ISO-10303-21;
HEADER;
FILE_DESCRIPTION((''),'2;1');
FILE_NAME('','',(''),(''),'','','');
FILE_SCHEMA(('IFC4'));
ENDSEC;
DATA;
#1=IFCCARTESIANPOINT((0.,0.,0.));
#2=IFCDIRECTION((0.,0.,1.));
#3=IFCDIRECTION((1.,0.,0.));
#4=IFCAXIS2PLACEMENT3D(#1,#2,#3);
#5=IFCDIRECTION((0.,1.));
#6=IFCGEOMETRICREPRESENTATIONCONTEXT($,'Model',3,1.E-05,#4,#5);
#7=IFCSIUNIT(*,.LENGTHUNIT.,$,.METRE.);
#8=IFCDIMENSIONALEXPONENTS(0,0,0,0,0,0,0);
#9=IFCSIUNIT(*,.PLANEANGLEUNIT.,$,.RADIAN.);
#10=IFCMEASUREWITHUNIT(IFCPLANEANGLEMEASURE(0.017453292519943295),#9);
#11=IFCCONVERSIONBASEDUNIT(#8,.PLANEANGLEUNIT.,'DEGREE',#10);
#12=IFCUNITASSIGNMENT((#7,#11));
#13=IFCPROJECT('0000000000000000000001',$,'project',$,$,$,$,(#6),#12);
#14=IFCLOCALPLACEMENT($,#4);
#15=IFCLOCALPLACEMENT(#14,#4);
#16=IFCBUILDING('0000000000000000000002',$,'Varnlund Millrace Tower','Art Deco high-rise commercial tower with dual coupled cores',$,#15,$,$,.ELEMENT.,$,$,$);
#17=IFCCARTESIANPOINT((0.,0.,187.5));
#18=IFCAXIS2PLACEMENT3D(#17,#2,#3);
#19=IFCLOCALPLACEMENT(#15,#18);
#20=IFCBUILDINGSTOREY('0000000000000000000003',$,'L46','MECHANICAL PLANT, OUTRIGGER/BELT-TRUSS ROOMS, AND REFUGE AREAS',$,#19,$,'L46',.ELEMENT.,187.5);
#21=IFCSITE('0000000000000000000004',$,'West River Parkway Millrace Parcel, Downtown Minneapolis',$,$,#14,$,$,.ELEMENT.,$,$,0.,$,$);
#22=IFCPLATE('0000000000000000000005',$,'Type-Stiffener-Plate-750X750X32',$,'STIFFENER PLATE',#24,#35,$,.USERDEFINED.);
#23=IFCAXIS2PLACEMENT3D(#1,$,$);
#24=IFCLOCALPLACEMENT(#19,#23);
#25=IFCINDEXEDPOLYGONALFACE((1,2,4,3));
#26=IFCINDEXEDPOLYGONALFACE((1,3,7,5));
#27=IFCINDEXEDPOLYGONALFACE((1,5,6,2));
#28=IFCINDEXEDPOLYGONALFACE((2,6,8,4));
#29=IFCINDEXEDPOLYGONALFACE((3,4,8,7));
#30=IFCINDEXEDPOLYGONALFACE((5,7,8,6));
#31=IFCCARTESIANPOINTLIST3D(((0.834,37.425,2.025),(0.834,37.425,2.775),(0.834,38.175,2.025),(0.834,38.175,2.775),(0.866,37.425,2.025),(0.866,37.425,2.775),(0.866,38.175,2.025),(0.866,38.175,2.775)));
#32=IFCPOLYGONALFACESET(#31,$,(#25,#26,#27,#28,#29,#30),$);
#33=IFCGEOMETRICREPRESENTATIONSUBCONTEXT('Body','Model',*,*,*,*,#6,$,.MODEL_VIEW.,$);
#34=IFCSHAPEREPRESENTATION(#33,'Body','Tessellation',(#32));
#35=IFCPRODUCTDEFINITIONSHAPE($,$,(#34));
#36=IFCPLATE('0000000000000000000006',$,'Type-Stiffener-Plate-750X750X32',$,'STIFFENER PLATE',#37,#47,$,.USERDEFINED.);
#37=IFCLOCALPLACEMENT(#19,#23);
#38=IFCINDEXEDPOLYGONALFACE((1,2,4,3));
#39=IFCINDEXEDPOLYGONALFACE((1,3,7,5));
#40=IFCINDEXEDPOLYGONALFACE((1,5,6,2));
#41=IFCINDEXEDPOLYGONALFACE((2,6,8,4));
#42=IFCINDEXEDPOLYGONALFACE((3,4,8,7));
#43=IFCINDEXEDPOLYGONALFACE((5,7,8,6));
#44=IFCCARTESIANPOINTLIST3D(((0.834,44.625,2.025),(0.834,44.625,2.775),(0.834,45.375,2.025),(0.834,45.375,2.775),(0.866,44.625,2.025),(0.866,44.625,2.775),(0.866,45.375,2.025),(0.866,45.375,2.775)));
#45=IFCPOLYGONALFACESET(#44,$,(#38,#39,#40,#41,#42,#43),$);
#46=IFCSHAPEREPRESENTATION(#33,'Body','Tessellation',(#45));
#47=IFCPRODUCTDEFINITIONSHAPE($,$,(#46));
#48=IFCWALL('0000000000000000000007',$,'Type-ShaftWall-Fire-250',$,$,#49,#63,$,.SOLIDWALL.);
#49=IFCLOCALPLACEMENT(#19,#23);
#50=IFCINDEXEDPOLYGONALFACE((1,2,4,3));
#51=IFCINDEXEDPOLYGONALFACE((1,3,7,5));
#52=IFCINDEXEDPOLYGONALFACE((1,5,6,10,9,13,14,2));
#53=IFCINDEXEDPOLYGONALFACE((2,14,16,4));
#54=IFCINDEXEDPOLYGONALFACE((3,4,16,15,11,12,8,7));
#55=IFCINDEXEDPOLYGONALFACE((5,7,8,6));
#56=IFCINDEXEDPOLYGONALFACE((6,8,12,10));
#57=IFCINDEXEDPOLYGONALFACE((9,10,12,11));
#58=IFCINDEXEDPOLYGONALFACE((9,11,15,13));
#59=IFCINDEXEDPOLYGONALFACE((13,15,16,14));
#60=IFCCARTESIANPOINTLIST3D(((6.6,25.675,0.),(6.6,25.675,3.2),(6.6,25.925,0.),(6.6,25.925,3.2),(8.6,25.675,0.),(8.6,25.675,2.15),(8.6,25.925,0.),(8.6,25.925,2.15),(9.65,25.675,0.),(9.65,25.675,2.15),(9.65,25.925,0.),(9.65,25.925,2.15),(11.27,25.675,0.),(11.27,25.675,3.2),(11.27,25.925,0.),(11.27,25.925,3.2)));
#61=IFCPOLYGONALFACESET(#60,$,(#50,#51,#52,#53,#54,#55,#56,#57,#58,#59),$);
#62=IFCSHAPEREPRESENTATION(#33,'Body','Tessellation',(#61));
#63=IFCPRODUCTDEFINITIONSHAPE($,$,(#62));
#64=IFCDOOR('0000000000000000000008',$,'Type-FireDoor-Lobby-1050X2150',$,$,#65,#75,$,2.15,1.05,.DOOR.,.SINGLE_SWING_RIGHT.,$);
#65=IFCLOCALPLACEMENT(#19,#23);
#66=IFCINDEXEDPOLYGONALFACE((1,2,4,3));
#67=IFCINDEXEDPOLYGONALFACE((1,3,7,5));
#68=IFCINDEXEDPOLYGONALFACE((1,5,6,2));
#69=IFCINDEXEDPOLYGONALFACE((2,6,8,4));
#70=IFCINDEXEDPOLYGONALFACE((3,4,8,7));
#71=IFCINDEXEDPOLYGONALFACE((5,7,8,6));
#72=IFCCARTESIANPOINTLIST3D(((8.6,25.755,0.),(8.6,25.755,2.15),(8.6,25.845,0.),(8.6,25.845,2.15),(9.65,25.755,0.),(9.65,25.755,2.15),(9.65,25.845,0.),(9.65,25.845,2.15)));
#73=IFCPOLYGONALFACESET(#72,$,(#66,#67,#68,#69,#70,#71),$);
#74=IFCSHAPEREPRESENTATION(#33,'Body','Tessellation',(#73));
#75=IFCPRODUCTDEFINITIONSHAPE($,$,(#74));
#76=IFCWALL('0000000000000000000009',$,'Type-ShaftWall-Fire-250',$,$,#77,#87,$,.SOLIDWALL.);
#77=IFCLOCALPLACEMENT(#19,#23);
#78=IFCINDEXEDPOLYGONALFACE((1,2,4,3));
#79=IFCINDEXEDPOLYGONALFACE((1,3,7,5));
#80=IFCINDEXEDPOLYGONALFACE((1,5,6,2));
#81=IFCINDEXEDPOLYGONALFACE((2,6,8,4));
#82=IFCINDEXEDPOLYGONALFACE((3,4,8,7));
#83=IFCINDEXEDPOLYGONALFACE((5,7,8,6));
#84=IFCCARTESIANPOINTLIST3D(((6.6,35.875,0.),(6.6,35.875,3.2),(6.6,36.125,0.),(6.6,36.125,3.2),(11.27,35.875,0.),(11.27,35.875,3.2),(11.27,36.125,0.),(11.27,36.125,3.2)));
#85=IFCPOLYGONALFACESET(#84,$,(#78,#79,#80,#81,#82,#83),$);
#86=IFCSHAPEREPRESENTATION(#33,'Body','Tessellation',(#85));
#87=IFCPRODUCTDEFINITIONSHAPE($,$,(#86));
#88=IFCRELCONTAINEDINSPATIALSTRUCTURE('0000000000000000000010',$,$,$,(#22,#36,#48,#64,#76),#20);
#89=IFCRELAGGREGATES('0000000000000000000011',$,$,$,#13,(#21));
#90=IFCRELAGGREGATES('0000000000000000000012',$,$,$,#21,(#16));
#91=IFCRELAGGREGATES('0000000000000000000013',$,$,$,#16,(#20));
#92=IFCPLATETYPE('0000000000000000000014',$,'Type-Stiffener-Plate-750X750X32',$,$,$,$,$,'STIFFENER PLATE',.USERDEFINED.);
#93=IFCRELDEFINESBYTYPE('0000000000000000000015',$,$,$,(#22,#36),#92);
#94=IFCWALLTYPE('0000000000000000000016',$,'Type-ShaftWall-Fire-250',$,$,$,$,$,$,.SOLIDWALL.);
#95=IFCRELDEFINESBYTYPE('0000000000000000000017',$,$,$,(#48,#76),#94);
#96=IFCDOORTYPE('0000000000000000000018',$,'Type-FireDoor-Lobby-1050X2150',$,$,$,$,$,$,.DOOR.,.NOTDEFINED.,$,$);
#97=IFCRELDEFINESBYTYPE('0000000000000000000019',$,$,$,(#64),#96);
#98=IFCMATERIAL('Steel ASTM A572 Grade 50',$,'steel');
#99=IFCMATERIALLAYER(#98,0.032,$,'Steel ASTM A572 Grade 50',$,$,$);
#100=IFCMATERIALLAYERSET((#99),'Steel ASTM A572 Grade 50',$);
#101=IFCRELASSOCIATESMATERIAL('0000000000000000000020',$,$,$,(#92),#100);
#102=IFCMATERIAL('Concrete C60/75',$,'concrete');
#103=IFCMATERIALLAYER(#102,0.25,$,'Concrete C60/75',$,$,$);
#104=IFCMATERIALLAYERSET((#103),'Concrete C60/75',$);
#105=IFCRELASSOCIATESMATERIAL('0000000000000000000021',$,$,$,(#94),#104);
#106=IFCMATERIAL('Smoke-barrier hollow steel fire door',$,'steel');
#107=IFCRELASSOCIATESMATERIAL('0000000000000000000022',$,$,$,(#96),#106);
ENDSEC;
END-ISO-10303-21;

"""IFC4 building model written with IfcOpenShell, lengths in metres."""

from ifc_helpers import new_model, entity, si_unit, converted_unit, direction, frame, origin_with_axes, origin_2d_with_axis, place, context, subcontext, project, spatial, polyline, rectangle, outline, extrude, material, layer, layer_set, type_object, element, fill, save


model = new_model("IFC4")

# Units and contexts
model_context = context("Model", 3, precision=1e-05, world=origin_with_axes(), true_north=direction((0.0, 1.0)))
body_context = subcontext(model_context, "Body", "Model", "MODEL_VIEW")
ifc_project = project(units=[si_unit("LENGTHUNIT", "METRE"), converted_unit("PLANEANGLEUNIT", "DEGREE", entity("IfcPlaneAngleMeasure", 0.017453292519943295), si_unit("PLANEANGLEUNIT", "RADIAN"), dimensions=[0, 0, 0, 0, 0, 0, 0])], contexts=[model_context])

# Site, building, storey
site_placement = place(None, origin_with_axes())
site = spatial("IfcSite", under=ifc_project, at=site_placement, Name="West River Parkway Millrace Parcel, Downtown Minneapolis", CompositionType="ELEMENT", RefElevation=0.0)
building_placement = place(site_placement, origin_with_axes())
building = spatial("IfcBuilding", under=site, at=building_placement, Name="Varnlund Millrace Tower", Description="Art Deco high-rise commercial tower with dual coupled cores", CompositionType="ELEMENT")
storey_placement = place(building_placement, frame((0.0, 0.0, 187.5), z_axis=(0.0, 0.0, 1.0), x_axis=(1.0, 0.0, 0.0)))
storey = spatial("IfcBuildingStorey", under=building, at=storey_placement, Name="L46", Description="MECHANICAL PLANT, OUTRIGGER/BELT-TRUSS ROOMS, AND REFUGE AREAS", LongName="L46", CompositionType="ELEMENT", Elevation=187.5)

# Plates
ifc_material_1 = material(Name="Steel ASTM A572 Grade 50", Category="steel")
ifc_layer_1 = layer(ifc_material_1, 0.032, Name="Steel ASTM A572 Grade 50")
ifc_layer_set_1 = layer_set([ifc_layer_1], Name="Steel ASTM A572 Grade 50")
plate_type_1 = type_object("IfcPlateType", Name="Type-Stiffener-Plate-750X750X32", ElementType="STIFFENER PLATE", PredefinedType="USERDEFINED", material=ifc_layer_set_1)
for number, where, z_axis, x_axis, name in (
    (1, (0.85, 37.8, 2.025), (0.0, 0.0, 1.0), (0.0, 1.0, 0.0), "Type-Stiffener-Plate-750X750X32"),
    (2, (0.85, 45.0, 2.025), (0.0, 0.0, 1.0), (0.0, 1.0, 0.0), "Type-Stiffener-Plate-750X750X32"),
):
    element("IfcPlate", number, at=place(storey_placement, frame(where, z_axis=z_axis, x_axis=x_axis)), inside=storey, type_object=plate_type_1, Name=name, ObjectType="STIFFENER PLATE", PredefinedType="USERDEFINED", context=body_context, shape_type="SweptSolid", body=[
        extrude(rectangle(XDim=0.75, YDim=0.032, at=origin_2d_with_axis()), origin_with_axes(), (0.0, 0.0, 1.0), 0.75),
    ])

# Wall, opening, door
ifc_material_2 = material(Name="Concrete C60/75", Category="concrete")
ifc_layer_2 = layer(ifc_material_2, 0.25, Name="Concrete C60/75")
ifc_layer_set_2 = layer_set([ifc_layer_2], Name="Concrete C60/75")
wall_type = type_object("IfcWallType", Name="Type-ShaftWall-Fire-250", PredefinedType="SOLIDWALL", material=ifc_layer_set_2)
wall_1_placement = place(storey_placement, frame((6.6, 25.8, 0.0), z_axis=(0.0, 0.0, 1.0), x_axis=(1.0, 0.0, 0.0)))
wall_1 = element("IfcWall", 3, at=wall_1_placement, inside=storey, type_object=wall_type, Name="Type-ShaftWall-Fire-250", PredefinedType="SOLIDWALL", context=body_context, shape_type="SweptSolid", body=[
    extrude(outline(polyline([(0.0, -0.125), (4.67, -0.125), (4.67, 0.125), (0.0, 0.125), (0.0, -0.125)])), origin_with_axes(), (0.0, 0.0, 1.0), 3.2),
])
opening_placement = place(wall_1_placement, frame((2.525, 0.0, 0.0), z_axis=(0.0, 0.0, 1.0), x_axis=(1.0, 0.0, 0.0)))
opening = element("IfcOpeningElement", 4, at=opening_placement, cuts=wall_1, PredefinedType="OPENING", context=body_context, shape_type="SweptSolid", body=[
    extrude(rectangle(XDim=1.05, YDim=0.27, at=origin_2d_with_axis()), origin_with_axes(), (0.0, 0.0, 1.0), 2.15),
])
ifc_material_3 = material(Name="Smoke-barrier hollow steel fire door", Category="steel")
door_type = type_object("IfcDoorType", Name="Type-FireDoor-Lobby-1050X2150", OperationType="NOTDEFINED", PredefinedType="DOOR", material=ifc_material_3)
door_placement = place(wall_1_placement, frame((2.525, 0.0, 0.0), z_axis=(0.0, 0.0, 1.0), x_axis=(1.0, 0.0, 0.0)))
door = element("IfcDoor", 5, at=door_placement, inside=storey, type_object=door_type, Name="Type-FireDoor-Lobby-1050X2150", OperationType="SINGLE_SWING_RIGHT", OverallHeight=2.15, OverallWidth=1.05, PredefinedType="DOOR", context=body_context, shape_type="SweptSolid", body=[
    extrude(rectangle(XDim=1.05, YDim=0.09, at=origin_2d_with_axis()), origin_with_axes(), (0.0, 0.0, 1.0), 2.15),
])
fill(opening, door)

# Wall
wall_2_placement = place(storey_placement, frame((6.6, 36.0, 0.0), z_axis=(0.0, 0.0, 1.0), x_axis=(1.0, 0.0, 0.0)))
element("IfcWall", 6, at=wall_2_placement, inside=storey, type_object=wall_type, Name="Type-ShaftWall-Fire-250", PredefinedType="SOLIDWALL", context=body_context, shape_type="SweptSolid", body=[
    extrude(outline(polyline([(0.0, -0.125), (4.67, -0.125), (4.67, 0.125), (0.0, 0.125), (0.0, -0.125)])), origin_with_axes(), (0.0, 0.0, 1.0), 3.2),
])

save(model, "model.ifc")
